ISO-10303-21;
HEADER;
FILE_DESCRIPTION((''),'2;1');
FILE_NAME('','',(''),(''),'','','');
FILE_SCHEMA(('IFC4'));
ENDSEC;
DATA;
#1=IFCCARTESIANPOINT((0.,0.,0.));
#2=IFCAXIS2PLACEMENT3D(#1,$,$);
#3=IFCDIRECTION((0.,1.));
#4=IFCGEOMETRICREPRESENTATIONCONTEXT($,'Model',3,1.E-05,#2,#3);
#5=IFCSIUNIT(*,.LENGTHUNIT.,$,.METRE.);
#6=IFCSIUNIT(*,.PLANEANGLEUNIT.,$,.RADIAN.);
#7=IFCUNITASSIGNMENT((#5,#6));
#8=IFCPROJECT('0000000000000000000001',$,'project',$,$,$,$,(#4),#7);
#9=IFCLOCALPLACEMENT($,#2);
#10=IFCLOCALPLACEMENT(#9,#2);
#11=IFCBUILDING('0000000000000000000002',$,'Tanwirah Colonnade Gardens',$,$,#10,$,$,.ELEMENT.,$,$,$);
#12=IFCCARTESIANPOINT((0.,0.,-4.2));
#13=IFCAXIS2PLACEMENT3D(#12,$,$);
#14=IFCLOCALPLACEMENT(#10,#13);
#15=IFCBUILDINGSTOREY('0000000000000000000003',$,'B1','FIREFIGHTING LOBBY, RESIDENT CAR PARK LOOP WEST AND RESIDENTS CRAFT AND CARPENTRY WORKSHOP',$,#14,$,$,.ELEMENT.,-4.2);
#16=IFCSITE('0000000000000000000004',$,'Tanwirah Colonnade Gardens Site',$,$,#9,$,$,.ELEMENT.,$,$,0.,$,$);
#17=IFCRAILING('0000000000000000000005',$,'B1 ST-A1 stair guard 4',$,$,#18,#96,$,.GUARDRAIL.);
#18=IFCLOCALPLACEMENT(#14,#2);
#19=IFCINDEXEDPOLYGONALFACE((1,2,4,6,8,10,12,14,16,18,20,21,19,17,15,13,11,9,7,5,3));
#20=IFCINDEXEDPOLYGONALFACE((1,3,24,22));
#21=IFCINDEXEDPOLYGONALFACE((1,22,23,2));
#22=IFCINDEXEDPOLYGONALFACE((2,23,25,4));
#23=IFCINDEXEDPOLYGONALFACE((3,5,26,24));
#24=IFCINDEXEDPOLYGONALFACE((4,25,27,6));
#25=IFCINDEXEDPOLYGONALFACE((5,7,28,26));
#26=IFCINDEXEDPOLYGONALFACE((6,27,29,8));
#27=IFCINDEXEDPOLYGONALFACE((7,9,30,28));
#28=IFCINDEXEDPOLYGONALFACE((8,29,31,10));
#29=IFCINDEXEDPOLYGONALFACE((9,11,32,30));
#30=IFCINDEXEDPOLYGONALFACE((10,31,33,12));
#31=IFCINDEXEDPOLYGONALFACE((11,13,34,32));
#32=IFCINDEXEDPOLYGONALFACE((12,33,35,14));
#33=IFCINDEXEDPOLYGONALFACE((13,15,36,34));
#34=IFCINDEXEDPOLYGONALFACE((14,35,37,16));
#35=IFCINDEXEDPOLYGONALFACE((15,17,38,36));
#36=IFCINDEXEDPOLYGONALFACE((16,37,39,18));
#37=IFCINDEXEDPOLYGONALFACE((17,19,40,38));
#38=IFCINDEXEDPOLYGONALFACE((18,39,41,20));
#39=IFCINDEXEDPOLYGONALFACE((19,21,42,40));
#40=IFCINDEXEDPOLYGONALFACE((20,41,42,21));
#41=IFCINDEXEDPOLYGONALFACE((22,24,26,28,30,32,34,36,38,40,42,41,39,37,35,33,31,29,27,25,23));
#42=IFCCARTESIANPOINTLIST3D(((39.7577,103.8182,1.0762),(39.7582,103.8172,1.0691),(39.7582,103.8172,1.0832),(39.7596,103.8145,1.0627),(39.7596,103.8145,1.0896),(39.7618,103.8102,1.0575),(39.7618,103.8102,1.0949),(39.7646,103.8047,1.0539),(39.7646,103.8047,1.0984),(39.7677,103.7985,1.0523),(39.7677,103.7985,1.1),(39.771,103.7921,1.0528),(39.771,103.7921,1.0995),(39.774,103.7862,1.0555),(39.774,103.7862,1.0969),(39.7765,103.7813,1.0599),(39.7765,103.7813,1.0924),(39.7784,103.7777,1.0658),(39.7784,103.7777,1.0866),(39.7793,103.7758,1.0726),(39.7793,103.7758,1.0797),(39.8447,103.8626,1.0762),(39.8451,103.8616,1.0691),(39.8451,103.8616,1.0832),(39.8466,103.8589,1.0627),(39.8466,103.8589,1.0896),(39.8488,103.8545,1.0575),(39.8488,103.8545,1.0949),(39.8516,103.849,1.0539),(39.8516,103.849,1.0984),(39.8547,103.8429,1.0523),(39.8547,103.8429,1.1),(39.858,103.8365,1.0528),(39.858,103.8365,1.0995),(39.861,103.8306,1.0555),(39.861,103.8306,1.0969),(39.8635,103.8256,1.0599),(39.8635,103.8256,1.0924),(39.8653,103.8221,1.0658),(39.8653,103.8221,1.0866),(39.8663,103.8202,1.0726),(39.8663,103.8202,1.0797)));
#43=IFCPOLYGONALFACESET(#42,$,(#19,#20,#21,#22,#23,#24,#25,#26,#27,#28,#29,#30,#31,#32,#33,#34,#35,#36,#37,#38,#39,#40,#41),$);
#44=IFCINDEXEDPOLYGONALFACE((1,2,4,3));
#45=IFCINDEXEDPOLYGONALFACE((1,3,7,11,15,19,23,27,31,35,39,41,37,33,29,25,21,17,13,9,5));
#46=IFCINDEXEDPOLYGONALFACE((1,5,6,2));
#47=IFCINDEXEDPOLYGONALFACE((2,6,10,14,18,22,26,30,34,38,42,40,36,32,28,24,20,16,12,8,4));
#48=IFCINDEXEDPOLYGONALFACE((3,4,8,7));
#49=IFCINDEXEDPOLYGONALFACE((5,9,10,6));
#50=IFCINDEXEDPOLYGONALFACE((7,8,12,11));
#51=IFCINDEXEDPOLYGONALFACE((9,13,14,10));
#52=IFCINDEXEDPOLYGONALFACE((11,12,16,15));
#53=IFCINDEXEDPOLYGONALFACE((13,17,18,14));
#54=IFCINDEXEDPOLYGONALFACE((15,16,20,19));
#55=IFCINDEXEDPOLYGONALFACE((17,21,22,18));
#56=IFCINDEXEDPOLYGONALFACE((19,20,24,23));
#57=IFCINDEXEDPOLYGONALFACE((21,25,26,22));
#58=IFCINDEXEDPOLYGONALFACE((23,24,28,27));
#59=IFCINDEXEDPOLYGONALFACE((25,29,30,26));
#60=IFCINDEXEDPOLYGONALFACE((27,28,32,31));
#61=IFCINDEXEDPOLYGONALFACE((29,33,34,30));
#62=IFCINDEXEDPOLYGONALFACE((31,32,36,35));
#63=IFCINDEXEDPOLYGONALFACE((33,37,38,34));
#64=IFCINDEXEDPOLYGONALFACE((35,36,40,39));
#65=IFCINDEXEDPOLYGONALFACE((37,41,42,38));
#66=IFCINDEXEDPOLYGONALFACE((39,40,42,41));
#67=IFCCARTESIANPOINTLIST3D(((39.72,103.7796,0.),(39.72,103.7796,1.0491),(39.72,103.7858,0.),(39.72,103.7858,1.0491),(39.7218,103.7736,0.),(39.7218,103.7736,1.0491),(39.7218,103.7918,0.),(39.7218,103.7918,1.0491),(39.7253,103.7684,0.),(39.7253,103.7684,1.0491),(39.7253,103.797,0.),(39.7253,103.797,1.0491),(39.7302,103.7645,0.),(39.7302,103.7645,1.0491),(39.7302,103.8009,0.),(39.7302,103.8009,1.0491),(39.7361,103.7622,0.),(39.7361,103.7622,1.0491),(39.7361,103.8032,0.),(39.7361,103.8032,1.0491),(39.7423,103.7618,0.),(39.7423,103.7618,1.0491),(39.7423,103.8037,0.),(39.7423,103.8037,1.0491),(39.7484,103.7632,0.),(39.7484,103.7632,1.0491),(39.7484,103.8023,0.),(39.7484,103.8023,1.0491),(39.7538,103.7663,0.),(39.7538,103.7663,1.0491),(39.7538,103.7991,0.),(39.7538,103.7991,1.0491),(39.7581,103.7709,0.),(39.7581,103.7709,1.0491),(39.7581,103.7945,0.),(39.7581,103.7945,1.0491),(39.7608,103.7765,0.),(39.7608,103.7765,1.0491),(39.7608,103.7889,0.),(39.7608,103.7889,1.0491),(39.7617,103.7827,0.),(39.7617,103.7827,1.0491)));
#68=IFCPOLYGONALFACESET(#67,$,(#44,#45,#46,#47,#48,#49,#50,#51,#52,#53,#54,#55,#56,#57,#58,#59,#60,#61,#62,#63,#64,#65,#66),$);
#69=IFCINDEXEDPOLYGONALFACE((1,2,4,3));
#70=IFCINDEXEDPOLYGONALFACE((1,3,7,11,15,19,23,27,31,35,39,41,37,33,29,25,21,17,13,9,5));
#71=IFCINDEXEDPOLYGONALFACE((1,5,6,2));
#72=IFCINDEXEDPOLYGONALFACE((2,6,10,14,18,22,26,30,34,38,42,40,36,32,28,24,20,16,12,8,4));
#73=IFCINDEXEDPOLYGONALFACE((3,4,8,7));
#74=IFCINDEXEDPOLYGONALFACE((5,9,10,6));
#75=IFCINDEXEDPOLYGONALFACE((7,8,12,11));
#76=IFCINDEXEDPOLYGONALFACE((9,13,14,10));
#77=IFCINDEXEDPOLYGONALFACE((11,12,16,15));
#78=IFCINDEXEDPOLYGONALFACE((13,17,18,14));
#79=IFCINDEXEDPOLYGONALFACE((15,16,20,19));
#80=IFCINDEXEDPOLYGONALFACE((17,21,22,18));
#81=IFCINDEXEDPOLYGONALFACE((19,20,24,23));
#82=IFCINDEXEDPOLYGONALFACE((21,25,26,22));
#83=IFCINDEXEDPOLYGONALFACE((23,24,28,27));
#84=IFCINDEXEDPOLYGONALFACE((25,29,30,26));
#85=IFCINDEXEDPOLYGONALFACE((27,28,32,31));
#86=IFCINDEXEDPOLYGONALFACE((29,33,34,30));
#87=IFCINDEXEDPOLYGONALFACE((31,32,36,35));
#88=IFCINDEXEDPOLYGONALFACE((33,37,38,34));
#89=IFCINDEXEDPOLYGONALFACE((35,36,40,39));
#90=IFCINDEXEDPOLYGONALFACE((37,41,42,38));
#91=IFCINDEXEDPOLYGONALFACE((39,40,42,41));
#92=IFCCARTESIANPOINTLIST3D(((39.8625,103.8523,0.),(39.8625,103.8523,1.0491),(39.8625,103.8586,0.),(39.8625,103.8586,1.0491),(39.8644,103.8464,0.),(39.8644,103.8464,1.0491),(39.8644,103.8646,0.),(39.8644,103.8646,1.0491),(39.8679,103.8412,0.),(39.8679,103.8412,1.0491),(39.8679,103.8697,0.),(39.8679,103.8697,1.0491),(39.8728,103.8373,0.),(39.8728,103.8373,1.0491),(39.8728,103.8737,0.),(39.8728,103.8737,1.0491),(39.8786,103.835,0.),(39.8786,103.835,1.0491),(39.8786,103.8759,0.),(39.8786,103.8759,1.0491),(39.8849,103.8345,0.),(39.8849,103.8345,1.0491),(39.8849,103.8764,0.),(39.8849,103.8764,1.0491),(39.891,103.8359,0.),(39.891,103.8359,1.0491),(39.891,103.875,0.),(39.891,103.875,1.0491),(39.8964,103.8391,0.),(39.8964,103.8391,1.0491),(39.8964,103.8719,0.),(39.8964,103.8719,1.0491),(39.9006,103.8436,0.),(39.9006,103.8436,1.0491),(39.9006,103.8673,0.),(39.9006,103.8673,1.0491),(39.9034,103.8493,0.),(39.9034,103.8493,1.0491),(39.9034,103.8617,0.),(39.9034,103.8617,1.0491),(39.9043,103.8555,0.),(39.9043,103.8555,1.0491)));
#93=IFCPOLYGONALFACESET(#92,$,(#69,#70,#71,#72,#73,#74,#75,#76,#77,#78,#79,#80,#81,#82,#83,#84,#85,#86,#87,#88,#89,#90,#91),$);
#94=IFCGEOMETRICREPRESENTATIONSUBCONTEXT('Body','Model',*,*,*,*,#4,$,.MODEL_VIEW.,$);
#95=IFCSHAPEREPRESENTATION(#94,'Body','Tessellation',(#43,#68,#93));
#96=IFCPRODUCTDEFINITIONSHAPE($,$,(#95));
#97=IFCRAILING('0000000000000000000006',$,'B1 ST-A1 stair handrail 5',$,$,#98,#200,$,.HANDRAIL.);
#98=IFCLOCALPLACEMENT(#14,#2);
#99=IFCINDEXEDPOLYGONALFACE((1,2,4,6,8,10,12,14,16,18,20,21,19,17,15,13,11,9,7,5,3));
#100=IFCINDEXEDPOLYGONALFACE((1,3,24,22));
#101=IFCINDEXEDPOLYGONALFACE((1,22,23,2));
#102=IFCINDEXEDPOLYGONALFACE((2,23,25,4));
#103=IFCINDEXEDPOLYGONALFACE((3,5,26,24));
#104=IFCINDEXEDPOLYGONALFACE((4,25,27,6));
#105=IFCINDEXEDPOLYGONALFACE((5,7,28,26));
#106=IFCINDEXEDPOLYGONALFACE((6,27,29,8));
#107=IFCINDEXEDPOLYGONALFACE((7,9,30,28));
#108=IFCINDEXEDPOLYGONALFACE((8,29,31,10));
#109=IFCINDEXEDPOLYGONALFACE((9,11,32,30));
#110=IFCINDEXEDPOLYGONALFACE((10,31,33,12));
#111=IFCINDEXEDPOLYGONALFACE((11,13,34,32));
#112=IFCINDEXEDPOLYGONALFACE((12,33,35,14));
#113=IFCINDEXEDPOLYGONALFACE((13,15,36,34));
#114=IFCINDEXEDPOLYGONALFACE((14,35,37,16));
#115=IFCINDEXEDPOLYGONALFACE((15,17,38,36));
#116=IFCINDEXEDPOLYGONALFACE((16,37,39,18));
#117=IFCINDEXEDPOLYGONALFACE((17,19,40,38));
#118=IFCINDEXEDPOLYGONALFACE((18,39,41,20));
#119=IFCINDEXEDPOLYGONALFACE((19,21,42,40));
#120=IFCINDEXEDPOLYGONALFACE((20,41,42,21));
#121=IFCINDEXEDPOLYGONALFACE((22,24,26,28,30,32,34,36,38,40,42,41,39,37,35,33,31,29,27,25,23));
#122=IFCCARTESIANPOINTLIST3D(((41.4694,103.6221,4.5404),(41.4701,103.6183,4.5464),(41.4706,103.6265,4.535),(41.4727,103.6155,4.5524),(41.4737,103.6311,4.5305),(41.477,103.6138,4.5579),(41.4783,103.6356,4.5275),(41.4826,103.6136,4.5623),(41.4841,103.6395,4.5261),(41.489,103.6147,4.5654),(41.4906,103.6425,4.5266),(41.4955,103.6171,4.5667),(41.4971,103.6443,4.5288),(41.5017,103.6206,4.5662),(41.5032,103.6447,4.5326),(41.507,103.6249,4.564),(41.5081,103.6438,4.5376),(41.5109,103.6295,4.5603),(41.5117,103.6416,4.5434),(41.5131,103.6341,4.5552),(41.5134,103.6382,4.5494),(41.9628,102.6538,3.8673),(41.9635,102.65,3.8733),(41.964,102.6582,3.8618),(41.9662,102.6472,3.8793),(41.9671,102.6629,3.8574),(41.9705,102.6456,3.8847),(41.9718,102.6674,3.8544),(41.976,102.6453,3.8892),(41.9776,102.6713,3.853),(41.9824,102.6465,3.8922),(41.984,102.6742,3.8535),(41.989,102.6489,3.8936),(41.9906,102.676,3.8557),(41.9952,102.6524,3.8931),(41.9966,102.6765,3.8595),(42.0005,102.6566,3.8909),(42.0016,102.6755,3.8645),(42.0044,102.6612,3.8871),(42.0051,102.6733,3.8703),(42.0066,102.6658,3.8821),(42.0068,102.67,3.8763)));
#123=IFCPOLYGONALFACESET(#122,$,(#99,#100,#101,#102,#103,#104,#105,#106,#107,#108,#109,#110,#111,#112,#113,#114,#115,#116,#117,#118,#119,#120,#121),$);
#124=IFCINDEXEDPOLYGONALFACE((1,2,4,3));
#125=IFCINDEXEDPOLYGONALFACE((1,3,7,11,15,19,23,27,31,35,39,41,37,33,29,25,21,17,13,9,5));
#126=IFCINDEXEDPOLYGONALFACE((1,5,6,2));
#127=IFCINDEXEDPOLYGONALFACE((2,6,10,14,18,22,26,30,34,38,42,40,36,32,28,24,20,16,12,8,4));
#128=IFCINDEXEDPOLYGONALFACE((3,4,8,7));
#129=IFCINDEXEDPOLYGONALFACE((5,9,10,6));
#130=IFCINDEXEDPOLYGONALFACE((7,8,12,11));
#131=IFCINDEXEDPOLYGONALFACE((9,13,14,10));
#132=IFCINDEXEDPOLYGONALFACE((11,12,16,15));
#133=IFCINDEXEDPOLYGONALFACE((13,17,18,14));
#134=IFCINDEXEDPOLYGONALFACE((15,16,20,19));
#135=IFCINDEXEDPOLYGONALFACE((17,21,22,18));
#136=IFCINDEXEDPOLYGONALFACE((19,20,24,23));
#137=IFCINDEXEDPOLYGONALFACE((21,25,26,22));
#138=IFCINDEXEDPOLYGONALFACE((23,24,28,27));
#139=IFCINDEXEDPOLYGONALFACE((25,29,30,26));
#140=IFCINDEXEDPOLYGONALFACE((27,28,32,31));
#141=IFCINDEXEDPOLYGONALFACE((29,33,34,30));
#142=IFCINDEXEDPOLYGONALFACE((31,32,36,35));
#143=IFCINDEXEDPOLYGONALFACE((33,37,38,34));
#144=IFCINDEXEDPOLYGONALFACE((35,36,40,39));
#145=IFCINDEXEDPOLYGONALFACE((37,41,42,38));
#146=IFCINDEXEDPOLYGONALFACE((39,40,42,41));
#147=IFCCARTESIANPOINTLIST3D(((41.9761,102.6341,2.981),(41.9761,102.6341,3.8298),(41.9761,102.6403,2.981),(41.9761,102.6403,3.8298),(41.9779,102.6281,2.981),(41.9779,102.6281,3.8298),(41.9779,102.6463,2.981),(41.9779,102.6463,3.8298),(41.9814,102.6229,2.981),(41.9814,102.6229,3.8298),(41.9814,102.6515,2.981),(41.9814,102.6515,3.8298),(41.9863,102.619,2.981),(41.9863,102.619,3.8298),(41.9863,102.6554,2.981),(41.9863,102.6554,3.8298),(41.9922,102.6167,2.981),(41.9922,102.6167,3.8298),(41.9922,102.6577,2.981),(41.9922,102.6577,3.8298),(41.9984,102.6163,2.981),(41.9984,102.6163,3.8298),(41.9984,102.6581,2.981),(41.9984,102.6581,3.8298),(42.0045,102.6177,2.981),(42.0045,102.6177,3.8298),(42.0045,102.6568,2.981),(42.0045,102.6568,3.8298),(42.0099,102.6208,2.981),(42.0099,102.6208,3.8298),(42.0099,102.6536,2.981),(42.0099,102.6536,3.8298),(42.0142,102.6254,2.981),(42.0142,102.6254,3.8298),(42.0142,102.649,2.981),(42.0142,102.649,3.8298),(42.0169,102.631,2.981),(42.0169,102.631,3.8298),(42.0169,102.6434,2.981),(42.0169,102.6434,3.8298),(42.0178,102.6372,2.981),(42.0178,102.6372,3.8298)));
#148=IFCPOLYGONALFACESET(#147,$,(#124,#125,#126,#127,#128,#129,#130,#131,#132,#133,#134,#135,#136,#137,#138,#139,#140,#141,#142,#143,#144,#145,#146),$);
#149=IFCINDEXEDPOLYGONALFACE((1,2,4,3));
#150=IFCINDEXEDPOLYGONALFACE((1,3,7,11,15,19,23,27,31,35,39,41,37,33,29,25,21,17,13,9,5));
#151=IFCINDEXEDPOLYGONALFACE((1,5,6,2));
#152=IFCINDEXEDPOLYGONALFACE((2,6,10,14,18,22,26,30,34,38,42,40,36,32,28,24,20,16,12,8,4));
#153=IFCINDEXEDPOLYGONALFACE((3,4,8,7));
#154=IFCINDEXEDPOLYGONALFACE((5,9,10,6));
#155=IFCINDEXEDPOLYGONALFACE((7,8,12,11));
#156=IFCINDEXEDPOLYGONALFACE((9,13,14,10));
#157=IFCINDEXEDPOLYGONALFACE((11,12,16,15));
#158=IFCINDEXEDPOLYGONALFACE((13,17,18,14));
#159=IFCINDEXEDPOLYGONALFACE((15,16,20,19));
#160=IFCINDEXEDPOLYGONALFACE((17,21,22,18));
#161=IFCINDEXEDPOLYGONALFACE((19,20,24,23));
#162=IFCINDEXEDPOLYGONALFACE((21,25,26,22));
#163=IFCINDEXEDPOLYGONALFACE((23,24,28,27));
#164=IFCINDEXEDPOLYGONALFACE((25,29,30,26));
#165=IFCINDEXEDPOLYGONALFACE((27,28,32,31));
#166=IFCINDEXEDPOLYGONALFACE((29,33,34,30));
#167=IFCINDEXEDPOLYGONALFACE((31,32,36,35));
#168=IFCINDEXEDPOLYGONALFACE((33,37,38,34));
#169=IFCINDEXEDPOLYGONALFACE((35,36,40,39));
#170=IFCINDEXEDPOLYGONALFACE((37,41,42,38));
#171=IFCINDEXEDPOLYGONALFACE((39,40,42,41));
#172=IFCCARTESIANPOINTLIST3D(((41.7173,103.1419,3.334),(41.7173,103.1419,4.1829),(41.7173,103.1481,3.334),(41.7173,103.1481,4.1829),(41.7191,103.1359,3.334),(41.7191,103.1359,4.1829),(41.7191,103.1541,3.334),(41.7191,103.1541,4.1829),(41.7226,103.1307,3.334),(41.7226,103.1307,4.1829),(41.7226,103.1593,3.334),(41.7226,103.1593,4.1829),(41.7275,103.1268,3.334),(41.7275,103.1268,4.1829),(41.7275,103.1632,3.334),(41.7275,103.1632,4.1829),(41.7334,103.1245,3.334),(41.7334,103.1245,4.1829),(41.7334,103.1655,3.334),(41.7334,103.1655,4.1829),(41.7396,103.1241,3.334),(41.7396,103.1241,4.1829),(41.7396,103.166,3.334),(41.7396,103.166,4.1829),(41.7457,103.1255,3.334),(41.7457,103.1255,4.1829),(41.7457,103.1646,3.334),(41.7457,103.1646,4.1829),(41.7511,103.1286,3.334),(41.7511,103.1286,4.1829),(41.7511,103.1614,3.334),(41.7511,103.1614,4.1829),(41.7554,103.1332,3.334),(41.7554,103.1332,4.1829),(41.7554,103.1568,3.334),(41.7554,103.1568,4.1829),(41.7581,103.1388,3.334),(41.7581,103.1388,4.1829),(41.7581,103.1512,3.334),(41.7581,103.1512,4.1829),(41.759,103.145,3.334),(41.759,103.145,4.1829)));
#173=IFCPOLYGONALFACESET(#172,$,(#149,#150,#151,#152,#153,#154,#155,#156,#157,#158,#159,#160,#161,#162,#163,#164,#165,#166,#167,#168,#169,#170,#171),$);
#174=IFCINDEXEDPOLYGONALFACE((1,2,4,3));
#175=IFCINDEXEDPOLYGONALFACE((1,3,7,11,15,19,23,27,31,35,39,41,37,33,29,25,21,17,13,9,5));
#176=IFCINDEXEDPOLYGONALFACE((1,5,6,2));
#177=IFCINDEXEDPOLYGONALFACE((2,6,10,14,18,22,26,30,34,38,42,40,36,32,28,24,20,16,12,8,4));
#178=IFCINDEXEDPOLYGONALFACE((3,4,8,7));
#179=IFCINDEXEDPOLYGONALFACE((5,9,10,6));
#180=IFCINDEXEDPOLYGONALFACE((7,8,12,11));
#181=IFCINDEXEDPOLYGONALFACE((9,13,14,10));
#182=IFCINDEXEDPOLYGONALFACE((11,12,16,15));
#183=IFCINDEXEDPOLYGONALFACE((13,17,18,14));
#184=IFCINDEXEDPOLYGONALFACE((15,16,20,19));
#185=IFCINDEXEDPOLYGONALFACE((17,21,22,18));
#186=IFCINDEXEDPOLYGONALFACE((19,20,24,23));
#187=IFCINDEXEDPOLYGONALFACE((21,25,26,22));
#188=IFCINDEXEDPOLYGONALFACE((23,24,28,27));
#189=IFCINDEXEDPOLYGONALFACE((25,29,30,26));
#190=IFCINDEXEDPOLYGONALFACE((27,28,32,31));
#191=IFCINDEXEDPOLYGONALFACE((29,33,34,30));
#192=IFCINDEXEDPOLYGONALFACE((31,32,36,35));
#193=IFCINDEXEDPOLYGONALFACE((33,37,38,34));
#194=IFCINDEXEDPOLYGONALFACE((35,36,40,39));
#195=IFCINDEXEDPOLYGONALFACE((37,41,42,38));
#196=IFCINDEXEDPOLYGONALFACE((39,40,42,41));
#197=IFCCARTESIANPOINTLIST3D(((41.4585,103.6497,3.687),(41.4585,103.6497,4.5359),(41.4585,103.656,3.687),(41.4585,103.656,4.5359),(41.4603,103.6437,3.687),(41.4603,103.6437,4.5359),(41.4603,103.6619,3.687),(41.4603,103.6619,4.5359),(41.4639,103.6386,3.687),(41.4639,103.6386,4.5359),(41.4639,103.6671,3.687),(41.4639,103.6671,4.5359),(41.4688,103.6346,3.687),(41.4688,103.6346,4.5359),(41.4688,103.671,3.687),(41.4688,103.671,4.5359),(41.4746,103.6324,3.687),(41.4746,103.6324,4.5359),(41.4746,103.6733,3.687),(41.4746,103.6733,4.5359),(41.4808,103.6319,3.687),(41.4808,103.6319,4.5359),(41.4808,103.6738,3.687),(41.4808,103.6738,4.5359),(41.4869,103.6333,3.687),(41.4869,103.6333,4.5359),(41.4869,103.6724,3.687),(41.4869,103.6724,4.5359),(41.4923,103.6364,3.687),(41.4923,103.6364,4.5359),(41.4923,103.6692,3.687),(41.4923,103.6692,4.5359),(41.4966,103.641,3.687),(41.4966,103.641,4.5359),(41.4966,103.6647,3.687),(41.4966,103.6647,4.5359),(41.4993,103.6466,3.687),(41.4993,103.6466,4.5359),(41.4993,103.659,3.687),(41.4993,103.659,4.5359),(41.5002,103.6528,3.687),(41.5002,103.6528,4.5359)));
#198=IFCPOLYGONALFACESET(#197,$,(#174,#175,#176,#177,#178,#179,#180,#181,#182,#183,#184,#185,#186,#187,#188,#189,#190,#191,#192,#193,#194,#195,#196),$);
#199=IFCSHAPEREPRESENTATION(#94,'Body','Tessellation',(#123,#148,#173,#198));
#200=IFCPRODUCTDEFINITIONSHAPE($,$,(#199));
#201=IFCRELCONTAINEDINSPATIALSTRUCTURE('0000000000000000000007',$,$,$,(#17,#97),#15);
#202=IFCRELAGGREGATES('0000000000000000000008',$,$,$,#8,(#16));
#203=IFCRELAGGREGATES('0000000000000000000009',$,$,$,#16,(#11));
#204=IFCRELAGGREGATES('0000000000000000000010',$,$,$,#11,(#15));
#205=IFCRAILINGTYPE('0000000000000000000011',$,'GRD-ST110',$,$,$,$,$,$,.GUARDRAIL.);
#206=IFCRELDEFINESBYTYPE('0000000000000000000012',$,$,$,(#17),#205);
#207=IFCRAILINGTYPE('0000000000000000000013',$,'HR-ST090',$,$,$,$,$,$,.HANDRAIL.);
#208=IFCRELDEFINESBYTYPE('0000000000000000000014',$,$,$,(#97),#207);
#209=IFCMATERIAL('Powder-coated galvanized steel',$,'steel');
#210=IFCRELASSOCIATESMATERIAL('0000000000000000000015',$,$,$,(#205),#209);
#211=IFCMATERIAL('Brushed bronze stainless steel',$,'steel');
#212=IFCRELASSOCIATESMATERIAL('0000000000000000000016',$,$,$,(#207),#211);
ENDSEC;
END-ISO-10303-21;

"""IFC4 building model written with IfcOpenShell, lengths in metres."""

from ifc_helpers import new_model, si_unit, direction, frame, origin, origin_2d, place, context, subcontext, project, spatial, circle, extrude, material, type_object, element, save


model = new_model("IFC4")

# Units and contexts
model_context = context("Model", 3, precision=1e-05, world=origin(), true_north=direction((0.0, 1.0)))
body_context = subcontext(model_context, "Body", "Model", "MODEL_VIEW")
ifc_project = project(units=[si_unit("LENGTHUNIT", "METRE"), si_unit("PLANEANGLEUNIT", "RADIAN")], contexts=[model_context])

# Site, building, storey
site_placement = place(None, origin())
site = spatial("IfcSite", under=ifc_project, at=site_placement, Name="Tanwirah Colonnade Gardens Site", CompositionType="ELEMENT", RefElevation=0.0)
building_placement = place(site_placement, origin())
building = spatial("IfcBuilding", under=site, at=building_placement, Name="Tanwirah Colonnade Gardens", CompositionType="ELEMENT")
storey_placement = place(building_placement, frame((0.0, 0.0, -4.2)))
storey = spatial("IfcBuildingStorey", under=building, at=storey_placement, Name="B1", Description="FIREFIGHTING LOBBY, RESIDENT CAR PARK LOOP WEST AND RESIDENTS CRAFT AND CARPENTRY WORKSHOP", CompositionType="ELEMENT", Elevation=-4.2)

# Railings
ifc_material_1 = material(Name="Powder-coated galvanized steel", Category="steel")
railing_type_1 = type_object("IfcRailingType", Name="GRD-ST110", PredefinedType="GUARDRAIL", material=ifc_material_1)
railing_1_placement = place(storey_placement, frame((39.7407, 103.7827, 0.0)))
element("IfcRailing", 1, at=railing_1_placement, inside=storey, type_object=railing_type_1, Name="B1 ST-A1 stair guard 4", PredefinedType="GUARDRAIL", context=body_context, shape_type="SweptSolid", body=[
    extrude(circle(Radius=0.0239, at=origin_2d()), frame((0.0278, 0.0142, 1.0762), z_axis=(0.890737, 0.45452, 0.0), x_axis=(-0.45452, 0.890737, 0.0)), (0.0, 0.0, 1.0), 0.0977),
    extrude(circle(Radius=0.021, at=origin_2d()), origin(), (0.0, 0.0, 1.0), 1.0491),
    extrude(circle(Radius=0.021, at=origin_2d()), frame((0.1426, 0.0728, 0.0)), (0.0, 0.0, 1.0), 1.0491),
])
ifc_material_2 = material(Name="Brushed bronze stainless steel", Category="steel")
railing_type_2 = type_object("IfcRailingType", Name="HR-ST090", PredefinedType="HANDRAIL", material=ifc_material_2)
railing_2_placement = place(storey_placement, frame((41.9968, 102.6372, 2.981)))
element("IfcRailing", 2, at=railing_2_placement, inside=storey, type_object=railing_type_2, Name="B1 ST-A1 stair handrail 5", PredefinedType="HANDRAIL", context=body_context, shape_type="SweptSolid", body=[
    extrude(circle(Radius=0.0239, at=origin_2d()), frame((-0.012, 0.0237, 0.8923), z_axis=(-0.386006, 0.757445, 0.52657), x_axis=(-0.890974, -0.454054, 0.0)), (0.0, 0.0, 1.0), 1.2783),
    extrude(circle(Radius=0.021, at=origin_2d()), origin(), (0.0, 0.0, 1.0), 0.8489),
    extrude(circle(Radius=0.021, at=origin_2d()), frame((-0.2588, 0.5078, 0.353)), (0.0, 0.0, 1.0), 0.8489),
    extrude(circle(Radius=0.021, at=origin_2d()), frame((-0.5176, 1.0156, 0.7061)), (0.0, 0.0, 1.0), 0.8489),
])

save(model, "model.ifc")
